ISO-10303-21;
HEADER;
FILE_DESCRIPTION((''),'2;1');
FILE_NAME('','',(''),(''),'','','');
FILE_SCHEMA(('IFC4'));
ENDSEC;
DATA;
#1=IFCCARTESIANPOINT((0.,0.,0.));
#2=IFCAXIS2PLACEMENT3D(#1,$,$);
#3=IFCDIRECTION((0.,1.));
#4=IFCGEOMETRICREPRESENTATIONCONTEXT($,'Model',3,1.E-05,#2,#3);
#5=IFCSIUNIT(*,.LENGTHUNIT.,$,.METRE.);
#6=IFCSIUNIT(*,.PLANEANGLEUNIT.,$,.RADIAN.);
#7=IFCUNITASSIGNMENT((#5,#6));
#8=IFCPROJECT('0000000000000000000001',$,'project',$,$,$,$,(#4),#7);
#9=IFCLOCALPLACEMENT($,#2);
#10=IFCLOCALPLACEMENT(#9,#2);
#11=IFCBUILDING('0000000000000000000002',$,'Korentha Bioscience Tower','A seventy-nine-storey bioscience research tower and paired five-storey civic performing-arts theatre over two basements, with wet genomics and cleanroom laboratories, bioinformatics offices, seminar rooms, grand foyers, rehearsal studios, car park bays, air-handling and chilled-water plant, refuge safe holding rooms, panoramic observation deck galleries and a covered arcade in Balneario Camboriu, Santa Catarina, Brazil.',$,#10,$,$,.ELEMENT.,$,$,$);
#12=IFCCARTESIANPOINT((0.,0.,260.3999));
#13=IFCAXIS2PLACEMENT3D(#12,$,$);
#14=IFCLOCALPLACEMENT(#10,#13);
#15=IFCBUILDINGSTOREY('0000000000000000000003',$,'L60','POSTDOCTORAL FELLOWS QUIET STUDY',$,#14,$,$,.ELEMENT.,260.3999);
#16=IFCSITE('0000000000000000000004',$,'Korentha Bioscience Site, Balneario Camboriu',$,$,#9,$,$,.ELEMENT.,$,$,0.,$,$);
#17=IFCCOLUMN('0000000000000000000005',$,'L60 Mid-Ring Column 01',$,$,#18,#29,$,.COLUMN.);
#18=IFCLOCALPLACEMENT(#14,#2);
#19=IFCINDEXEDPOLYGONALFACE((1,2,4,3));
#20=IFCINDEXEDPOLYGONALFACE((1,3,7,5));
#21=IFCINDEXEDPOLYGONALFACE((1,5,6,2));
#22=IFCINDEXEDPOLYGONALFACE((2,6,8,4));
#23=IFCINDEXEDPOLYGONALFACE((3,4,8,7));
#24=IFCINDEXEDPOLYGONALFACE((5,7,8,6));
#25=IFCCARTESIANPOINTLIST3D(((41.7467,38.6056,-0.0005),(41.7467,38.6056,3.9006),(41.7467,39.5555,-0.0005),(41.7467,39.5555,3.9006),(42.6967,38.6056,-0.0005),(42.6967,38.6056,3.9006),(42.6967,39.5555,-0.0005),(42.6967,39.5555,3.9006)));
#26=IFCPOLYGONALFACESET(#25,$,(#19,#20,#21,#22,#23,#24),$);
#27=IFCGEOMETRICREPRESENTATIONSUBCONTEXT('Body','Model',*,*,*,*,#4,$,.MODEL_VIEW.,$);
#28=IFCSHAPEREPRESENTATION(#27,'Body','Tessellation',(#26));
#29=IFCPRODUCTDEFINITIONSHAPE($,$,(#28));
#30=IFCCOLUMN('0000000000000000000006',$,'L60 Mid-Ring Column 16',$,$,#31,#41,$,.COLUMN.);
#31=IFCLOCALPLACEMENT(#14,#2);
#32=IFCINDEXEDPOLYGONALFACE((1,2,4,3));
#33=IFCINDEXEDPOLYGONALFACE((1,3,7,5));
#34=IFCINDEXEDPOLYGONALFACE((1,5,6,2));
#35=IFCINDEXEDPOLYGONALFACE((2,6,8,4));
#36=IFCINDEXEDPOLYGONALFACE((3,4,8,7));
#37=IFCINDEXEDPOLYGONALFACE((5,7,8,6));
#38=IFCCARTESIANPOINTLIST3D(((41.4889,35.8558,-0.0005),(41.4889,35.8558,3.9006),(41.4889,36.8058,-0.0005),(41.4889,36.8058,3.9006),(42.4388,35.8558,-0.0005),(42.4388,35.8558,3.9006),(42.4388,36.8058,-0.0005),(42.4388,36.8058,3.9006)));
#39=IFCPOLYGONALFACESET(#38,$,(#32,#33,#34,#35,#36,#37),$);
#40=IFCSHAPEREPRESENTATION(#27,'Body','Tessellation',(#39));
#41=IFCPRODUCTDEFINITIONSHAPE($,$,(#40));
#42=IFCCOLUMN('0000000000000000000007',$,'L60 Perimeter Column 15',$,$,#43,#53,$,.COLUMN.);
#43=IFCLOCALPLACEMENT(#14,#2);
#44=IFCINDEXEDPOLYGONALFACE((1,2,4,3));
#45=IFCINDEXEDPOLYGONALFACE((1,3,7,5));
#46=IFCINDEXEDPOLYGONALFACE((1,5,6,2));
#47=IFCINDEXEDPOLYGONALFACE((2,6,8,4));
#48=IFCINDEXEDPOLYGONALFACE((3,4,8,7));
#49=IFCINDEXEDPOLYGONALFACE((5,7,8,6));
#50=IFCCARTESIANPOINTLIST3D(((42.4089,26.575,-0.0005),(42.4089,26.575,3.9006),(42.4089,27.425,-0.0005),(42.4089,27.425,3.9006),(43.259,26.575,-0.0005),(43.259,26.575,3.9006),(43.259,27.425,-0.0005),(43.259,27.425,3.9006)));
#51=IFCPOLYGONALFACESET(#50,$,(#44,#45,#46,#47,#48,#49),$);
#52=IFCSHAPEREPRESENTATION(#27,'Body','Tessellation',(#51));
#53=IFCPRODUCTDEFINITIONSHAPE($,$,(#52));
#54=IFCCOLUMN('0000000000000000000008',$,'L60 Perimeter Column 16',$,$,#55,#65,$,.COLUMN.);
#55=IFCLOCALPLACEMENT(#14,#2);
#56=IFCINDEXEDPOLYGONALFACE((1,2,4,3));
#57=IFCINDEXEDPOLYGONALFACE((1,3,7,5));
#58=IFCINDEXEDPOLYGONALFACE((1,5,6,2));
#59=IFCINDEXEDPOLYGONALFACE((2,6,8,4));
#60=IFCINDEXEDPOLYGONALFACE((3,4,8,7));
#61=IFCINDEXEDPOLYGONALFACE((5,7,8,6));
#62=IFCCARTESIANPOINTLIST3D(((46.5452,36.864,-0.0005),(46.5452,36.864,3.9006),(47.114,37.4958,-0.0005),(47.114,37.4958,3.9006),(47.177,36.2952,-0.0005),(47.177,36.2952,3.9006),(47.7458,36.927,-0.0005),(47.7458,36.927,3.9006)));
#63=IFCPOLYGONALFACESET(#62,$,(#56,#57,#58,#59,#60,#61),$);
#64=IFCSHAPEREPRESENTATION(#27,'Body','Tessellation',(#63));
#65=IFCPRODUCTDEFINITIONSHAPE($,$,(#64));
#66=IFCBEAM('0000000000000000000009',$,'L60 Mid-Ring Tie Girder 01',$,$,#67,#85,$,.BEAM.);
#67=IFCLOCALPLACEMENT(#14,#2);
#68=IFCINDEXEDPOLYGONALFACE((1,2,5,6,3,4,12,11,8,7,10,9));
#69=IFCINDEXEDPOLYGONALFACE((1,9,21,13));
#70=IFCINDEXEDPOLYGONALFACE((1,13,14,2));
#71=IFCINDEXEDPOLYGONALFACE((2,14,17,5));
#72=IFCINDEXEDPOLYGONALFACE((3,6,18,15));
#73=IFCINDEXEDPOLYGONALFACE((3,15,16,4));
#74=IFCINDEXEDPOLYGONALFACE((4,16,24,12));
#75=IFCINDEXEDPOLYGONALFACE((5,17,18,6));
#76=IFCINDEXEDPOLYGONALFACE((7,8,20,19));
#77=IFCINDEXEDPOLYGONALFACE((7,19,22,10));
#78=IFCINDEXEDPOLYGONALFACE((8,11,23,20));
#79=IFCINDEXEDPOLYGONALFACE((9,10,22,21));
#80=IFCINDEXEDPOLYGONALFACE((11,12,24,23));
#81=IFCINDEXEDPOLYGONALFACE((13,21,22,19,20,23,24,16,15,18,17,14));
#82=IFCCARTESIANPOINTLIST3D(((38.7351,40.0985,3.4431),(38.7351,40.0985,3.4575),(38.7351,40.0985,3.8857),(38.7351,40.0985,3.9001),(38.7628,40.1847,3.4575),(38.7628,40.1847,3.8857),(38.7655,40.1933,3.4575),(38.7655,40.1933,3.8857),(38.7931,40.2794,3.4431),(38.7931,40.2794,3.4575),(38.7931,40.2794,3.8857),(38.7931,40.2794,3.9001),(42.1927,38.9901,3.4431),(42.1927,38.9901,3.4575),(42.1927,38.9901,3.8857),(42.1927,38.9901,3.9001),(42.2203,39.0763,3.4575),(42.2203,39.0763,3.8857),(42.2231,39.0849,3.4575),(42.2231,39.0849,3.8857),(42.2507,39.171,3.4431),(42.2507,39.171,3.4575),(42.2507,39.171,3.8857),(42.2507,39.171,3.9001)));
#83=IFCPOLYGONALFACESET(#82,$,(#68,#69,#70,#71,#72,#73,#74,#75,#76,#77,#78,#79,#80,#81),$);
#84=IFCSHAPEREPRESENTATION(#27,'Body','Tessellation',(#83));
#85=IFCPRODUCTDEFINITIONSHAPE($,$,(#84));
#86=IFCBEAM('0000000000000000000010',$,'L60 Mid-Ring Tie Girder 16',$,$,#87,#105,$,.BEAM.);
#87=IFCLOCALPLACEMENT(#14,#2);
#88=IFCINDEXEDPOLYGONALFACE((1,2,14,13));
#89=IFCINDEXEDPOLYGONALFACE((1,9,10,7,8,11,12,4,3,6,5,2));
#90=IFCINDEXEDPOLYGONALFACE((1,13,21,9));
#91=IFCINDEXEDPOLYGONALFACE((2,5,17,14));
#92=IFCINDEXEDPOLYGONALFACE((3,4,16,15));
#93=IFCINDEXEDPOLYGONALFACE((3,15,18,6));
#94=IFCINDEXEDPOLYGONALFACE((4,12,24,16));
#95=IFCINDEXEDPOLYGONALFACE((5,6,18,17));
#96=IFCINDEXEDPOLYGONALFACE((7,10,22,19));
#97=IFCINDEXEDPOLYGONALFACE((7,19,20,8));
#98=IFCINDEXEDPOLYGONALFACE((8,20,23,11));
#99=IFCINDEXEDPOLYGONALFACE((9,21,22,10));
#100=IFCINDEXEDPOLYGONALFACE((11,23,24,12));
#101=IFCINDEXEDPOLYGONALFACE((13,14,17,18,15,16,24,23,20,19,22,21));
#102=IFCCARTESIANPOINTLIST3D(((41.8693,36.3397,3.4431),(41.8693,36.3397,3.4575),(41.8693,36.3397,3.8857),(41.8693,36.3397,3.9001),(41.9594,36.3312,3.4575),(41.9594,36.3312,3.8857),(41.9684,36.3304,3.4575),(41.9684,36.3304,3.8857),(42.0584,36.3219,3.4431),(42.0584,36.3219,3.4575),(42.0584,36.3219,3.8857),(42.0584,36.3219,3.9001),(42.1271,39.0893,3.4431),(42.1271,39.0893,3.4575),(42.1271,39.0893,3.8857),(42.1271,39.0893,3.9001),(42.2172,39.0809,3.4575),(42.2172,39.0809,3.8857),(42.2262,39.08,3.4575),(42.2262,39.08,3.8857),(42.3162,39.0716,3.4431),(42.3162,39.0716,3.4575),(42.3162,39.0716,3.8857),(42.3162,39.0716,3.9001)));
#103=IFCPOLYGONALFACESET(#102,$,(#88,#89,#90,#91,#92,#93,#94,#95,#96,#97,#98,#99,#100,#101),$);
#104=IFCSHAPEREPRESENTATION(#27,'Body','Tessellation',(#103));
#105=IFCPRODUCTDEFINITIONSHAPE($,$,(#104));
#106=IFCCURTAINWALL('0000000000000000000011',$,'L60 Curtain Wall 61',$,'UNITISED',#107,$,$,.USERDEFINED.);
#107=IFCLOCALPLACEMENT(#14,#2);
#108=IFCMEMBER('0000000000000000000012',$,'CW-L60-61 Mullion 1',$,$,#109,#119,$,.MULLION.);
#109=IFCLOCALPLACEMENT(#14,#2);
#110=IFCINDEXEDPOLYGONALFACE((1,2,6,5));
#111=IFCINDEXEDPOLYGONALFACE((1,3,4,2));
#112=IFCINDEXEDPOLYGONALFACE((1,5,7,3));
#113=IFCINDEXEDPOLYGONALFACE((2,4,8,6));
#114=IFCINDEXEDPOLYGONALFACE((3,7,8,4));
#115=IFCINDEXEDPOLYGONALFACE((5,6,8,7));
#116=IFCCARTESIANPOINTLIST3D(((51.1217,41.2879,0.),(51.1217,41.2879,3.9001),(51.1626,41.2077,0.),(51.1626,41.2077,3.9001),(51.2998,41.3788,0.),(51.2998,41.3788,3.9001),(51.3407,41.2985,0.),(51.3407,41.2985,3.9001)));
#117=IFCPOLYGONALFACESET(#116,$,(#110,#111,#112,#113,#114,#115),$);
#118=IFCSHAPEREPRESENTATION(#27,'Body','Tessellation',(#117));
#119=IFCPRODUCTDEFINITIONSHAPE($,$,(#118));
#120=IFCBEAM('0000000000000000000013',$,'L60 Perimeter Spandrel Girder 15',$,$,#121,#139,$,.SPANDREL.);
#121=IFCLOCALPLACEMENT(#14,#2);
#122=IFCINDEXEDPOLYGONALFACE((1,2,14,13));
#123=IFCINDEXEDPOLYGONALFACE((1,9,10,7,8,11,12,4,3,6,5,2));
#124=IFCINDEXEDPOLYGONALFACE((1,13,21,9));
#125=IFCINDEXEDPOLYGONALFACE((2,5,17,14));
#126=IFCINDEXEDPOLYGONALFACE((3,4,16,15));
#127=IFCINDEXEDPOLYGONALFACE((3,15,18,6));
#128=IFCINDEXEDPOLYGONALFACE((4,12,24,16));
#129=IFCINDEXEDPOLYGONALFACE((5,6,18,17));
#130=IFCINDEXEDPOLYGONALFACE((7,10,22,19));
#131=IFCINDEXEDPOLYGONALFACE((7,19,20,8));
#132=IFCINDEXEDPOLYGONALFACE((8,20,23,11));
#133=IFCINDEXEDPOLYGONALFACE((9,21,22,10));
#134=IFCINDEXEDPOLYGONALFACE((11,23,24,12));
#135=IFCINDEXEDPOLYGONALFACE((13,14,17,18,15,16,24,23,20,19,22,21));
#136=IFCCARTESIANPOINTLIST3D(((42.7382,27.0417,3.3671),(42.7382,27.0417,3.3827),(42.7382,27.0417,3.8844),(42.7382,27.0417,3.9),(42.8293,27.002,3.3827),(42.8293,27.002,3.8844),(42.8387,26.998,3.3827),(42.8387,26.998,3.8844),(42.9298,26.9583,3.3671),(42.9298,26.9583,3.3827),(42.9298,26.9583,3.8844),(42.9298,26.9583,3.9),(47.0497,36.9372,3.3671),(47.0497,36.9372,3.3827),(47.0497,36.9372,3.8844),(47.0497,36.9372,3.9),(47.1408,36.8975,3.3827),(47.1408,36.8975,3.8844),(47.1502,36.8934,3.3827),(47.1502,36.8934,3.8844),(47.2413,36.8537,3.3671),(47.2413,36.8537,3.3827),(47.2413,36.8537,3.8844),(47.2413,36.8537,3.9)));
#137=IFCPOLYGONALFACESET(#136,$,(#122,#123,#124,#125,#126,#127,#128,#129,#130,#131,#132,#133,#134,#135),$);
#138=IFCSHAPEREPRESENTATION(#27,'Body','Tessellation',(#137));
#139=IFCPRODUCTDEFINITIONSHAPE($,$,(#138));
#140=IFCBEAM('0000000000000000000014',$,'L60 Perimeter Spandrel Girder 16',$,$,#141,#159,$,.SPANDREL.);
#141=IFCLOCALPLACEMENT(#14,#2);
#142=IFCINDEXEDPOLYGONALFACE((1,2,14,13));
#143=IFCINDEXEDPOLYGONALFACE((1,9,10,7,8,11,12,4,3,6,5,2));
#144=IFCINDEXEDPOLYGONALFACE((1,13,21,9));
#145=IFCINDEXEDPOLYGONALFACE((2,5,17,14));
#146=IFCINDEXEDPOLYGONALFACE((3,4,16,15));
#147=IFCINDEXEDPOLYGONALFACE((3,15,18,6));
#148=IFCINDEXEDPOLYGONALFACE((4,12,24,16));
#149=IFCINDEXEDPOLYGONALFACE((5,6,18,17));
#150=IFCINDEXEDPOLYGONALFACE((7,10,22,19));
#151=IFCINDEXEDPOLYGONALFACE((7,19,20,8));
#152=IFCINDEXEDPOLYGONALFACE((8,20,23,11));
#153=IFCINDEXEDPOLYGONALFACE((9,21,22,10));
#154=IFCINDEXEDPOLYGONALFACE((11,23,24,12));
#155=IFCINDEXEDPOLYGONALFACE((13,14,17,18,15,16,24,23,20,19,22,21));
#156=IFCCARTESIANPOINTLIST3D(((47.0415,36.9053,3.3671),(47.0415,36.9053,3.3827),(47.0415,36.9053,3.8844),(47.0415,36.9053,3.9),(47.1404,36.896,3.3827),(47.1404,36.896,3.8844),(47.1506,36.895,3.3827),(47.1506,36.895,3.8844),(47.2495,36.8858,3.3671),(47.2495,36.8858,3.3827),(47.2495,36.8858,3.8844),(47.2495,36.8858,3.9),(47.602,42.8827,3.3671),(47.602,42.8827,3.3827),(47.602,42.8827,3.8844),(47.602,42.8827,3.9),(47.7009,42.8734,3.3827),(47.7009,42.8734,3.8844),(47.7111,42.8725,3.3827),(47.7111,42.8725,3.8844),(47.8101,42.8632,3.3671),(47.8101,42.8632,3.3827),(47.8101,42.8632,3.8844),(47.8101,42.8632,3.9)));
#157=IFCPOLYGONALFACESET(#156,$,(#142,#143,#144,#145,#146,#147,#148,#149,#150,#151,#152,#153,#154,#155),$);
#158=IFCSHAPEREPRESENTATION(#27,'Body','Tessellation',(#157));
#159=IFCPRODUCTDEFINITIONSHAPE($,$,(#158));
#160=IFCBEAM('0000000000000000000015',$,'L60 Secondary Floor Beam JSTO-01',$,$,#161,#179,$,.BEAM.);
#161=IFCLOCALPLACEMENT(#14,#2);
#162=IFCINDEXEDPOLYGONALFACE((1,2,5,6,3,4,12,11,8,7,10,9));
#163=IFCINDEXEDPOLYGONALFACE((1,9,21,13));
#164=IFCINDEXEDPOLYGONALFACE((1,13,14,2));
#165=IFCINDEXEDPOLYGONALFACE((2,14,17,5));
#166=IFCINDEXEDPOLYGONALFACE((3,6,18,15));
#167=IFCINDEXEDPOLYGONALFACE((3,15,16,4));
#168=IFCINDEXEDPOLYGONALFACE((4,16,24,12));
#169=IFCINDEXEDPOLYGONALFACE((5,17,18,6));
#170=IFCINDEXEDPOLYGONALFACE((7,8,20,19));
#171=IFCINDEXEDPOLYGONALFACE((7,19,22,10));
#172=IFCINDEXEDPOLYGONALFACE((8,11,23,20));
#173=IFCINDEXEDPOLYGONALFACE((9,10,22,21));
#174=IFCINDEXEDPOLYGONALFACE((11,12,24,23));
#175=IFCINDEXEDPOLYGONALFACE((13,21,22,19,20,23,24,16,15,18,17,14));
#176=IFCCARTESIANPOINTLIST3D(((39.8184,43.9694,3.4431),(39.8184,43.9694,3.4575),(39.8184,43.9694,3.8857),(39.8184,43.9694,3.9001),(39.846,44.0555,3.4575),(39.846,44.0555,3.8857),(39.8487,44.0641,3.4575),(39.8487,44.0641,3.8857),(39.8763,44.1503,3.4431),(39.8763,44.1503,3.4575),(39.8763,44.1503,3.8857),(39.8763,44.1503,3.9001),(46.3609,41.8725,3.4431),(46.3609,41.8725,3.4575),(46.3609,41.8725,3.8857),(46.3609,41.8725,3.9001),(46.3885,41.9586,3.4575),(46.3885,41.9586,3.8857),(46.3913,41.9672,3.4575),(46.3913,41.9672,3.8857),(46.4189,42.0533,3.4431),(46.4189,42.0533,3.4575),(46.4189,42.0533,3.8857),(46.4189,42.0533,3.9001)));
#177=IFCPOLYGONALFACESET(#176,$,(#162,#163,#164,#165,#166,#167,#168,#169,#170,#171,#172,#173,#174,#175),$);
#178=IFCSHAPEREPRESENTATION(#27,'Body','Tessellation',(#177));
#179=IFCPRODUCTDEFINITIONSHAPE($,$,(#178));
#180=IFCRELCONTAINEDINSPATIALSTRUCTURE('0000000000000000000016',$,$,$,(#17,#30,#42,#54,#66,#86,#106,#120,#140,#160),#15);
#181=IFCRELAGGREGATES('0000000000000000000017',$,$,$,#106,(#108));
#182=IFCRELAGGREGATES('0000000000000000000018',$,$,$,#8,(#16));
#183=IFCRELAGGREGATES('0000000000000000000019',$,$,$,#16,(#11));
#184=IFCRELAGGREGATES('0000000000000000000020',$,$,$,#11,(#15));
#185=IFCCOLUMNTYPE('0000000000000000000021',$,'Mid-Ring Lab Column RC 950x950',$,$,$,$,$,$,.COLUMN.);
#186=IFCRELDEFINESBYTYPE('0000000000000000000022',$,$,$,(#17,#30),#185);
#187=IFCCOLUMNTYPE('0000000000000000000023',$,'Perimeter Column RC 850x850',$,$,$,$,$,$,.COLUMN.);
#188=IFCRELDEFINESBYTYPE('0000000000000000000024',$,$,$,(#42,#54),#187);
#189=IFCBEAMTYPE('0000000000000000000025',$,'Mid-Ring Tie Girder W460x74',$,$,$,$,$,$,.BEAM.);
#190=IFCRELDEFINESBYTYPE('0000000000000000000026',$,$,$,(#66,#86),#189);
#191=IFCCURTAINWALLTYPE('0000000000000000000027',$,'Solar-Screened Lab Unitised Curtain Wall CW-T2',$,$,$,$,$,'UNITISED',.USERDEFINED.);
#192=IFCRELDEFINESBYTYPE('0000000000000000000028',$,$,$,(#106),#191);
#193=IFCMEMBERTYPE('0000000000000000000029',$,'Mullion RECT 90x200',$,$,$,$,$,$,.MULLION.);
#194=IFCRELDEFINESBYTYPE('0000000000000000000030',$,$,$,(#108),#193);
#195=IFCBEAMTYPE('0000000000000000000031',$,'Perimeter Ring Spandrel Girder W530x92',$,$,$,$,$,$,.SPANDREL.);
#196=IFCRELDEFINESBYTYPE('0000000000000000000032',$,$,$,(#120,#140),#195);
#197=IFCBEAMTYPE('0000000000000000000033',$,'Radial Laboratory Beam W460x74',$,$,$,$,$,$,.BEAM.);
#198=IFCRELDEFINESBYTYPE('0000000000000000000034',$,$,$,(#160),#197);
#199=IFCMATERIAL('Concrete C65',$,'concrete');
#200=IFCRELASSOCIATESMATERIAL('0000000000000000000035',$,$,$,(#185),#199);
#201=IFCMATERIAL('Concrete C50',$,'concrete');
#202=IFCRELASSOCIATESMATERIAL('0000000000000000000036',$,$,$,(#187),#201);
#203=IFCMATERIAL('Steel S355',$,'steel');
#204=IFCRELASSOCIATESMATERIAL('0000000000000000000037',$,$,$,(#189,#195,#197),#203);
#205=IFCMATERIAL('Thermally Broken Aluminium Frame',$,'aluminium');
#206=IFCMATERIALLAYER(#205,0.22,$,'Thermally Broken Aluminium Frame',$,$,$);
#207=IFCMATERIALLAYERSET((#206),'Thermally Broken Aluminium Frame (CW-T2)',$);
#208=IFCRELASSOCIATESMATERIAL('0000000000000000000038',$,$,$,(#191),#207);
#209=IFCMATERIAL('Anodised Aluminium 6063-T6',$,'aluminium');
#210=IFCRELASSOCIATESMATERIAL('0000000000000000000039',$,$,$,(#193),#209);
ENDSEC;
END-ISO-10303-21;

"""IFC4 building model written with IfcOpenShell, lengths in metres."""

from ifc_helpers import new_model, si_unit, direction, frame, origin, origin_2d, place, context, subcontext, project, spatial, rectangle, i_section, extrude, material, layer, layer_set, material_profile, profile_set, type_object, element, aggregate, save


model = new_model("IFC4")

# Units and contexts
model_context = context("Model", 3, precision=1e-05, world=origin(), true_north=direction((0.0, 1.0)))
body_context = subcontext(model_context, "Body", "Model", "MODEL_VIEW")
ifc_project = project(units=[si_unit("LENGTHUNIT", "METRE"), si_unit("PLANEANGLEUNIT", "RADIAN")], contexts=[model_context])

# Site, building, storey
site_placement = place(None, origin())
site = spatial("IfcSite", under=ifc_project, at=site_placement, Name="Korentha Bioscience Site, Balneario Camboriu", CompositionType="ELEMENT", RefElevation=0.0)
building_placement = place(site_placement, origin())
building = spatial("IfcBuilding", under=site, at=building_placement, Name="Korentha Bioscience Tower", Description="A seventy-nine-storey bioscience research tower and paired five-storey civic performing-arts theatre over two basements, with wet genomics and cleanroom laboratories, bioinformatics offices, seminar rooms, grand foyers, rehearsal studios, car park bays, air-handling and chilled-water plant, refuge safe holding rooms, panoramic observation deck galleries and a covered arcade in Balneario Camboriu, Santa Catarina, Brazil.", CompositionType="ELEMENT")
storey_placement = place(building_placement, frame((0.0, 0.0, 260.3999)))
storey = spatial("IfcBuildingStorey", under=building, at=storey_placement, Name="L60", Description="POSTDOCTORAL FELLOWS QUIET STUDY", CompositionType="ELEMENT", Elevation=260.3999)

# Columns
ifc_material_1 = material(Name="Concrete C65", Category="concrete")
ifc_material_profile_1 = material_profile(ifc_material_1, rectangle(XDim=0.95, YDim=0.95, at=origin_2d()), Name="Concrete C65")
ifc_profile_set_1 = profile_set([ifc_material_profile_1], Name="Concrete C65 (COL-MR09)")
column_type_1 = type_object("IfcColumnType", Name="Mid-Ring Lab Column RC 950x950", PredefinedType="COLUMN", material=ifc_profile_set_1)
for number, where, z_axis, x_axis, name in (
    (1, (42.2217, 39.0806, -0.0005), (0.0, 0.0, 1.0), (1.0, 0.0, 0.0), "L60 Mid-Ring Column 01"),
    (2, (41.9639, 36.3308, -0.0005), (0.0, 0.0, 1.0), (1.0, 0.0, 0.0), "L60 Mid-Ring Column 16"),
):
    element("IfcColumn", number, at=place(storey_placement, frame(where, z_axis=z_axis, x_axis=x_axis)), inside=storey, type_object=column_type_1, Name=name, PredefinedType="COLUMN", context=body_context, shape_type="SweptSolid", body=[
        extrude(rectangle(XDim=0.95, YDim=0.95, at=origin_2d()), origin(), (0.0, 0.0, 1.0), 3.9011),
    ])
ifc_material_2 = material(Name="Concrete C50", Category="concrete")
ifc_material_profile_2 = material_profile(ifc_material_2, rectangle(XDim=0.8501, YDim=0.8501, at=origin_2d()), Name="Concrete C50")
ifc_profile_set_2 = profile_set([ifc_material_profile_2], Name="Concrete C50 (COL-P08)")
column_type_2 = type_object("IfcColumnType", Name="Perimeter Column RC 850x850", PredefinedType="COLUMN", material=ifc_profile_set_2)
for number, where, z_axis, x_axis, name in (
    (3, (42.834, 27.0, -0.0005), (0.0, 0.0, 1.0), (0.0, 1.0, 0.0), "L60 Perimeter Column 15"),
    (4, (47.1455, 36.8955, -0.0005), (0.0, 0.0, 1.0), (0.669131, 0.743145, 0.0), "L60 Perimeter Column 16"),
):
    element("IfcColumn", number, at=place(storey_placement, frame(where, z_axis=z_axis, x_axis=x_axis)), inside=storey, type_object=column_type_2, Name=name, PredefinedType="COLUMN", context=body_context, shape_type="SweptSolid", body=[
        extrude(rectangle(XDim=0.8501, YDim=0.8501, at=origin_2d()), origin(), (0.0, 0.0, 1.0), 3.9011),
    ])

# Beams
ifc_material_3 = material(Name="Steel S355", Category="steel")
ifc_material_profile_3 = material_profile(ifc_material_3, i_section(OverallWidth=0.1899, OverallDepth=0.457, WebThickness=0.009, FlangeThickness=0.0144, at=origin_2d()), Name="Steel S355")
ifc_profile_set_3 = profile_set([ifc_material_profile_3], Name="Steel S355 (MB-460)")
beam_type_1 = type_object("IfcBeamType", Name="Mid-Ring Tie Girder W460x74", PredefinedType="BEAM", material=ifc_profile_set_3)
beam_1_placement = place(storey_placement, frame((42.2217, 39.0806, 3.6716), z_axis=(-0.952265, 0.305273, 0.0), x_axis=(-0.305273, -0.952265, 0.0)))
element("IfcBeam", 5, at=beam_1_placement, inside=storey, type_object=beam_type_1, Name="L60 Mid-Ring Tie Girder 01", PredefinedType="BEAM", context=body_context, shape_type="SweptSolid", body=[
    extrude(i_section(OverallWidth=0.1899, OverallDepth=0.457, WebThickness=0.009, FlangeThickness=0.0144, at=origin_2d()), origin(), (0.0, 0.0, 1.0), 3.6309),
])
beam_2_placement = place(storey_placement, frame((41.9639, 36.3308, 3.6716), z_axis=(0.093349, 0.995633, 0.0), x_axis=(-0.995633, 0.093349, 0.0)))
element("IfcBeam", 6, at=beam_2_placement, inside=storey, type_object=beam_type_1, Name="L60 Mid-Ring Tie Girder 16", PredefinedType="BEAM", context=body_context, shape_type="SweptSolid", body=[
    extrude(i_section(OverallWidth=0.1899, OverallDepth=0.457, WebThickness=0.009, FlangeThickness=0.0144, at=origin_2d()), origin(), (0.0, 0.0, 1.0), 2.7617),
])

# Curtain wall, member
ifc_material_4 = material(Name="Thermally Broken Aluminium Frame", Category="aluminium")
ifc_layer_1 = layer(ifc_material_4, 0.22, Name="Thermally Broken Aluminium Frame")
ifc_layer_set_1 = layer_set([ifc_layer_1], Name="Thermally Broken Aluminium Frame (CW-T2)")
curtain_wall_type = type_object("IfcCurtainWallType", Name="Solar-Screened Lab Unitised Curtain Wall CW-T2", ElementType="UNITISED", PredefinedType="USERDEFINED", material=ifc_layer_set_1)
curtain_wall_placement = place(storey_placement, origin())
curtain_wall = element("IfcCurtainWall", 7, at=curtain_wall_placement, inside=storey, type_object=curtain_wall_type, Name="L60 Curtain Wall 61", ObjectType="UNITISED", PredefinedType="USERDEFINED")
ifc_material_5 = material(Name="Anodised Aluminium 6063-T6", Category="aluminium")
ifc_material_profile_4 = material_profile(ifc_material_5, rectangle(XDim=0.0901, YDim=0.2, at=origin_2d()), Name="Anodised Aluminium 6063-T6")
ifc_profile_set_4 = profile_set([ifc_material_profile_4], Name="Anodised Aluminium 6063-T6 (CW-MUL)")
member_type_1 = type_object("IfcMemberType", Name="Mullion RECT 90x200", PredefinedType="MULLION", material=ifc_profile_set_4)
member_1_placement = place(storey_placement, frame((51.2312, 41.2932, 0.0), z_axis=(0.0, 0.0, 1.0), x_axis=(-0.454239, 0.89088, 0.0)))
member_1 = element("IfcMember", 8, at=member_1_placement, type_object=member_type_1, Name="CW-L60-61 Mullion 1", PredefinedType="MULLION", context=body_context, shape_type="SweptSolid", body=[
    extrude(rectangle(XDim=0.0901, YDim=0.2, at=origin_2d()), origin(), (0.0, 0.0, 1.0), 3.9001),
])

# Beams
ifc_material_profile_5 = material_profile(ifc_material_3, i_section(OverallWidth=0.209, OverallDepth=0.533, WebThickness=0.0103, FlangeThickness=0.0156, at=origin_2d()), Name="Steel S355")
ifc_profile_set_5 = profile_set([ifc_material_profile_5], Name="Steel S355 (SB-530)")
beam_type_2 = type_object("IfcBeamType", Name="Perimeter Ring Spandrel Girder W530x92", PredefinedType="SPANDREL", material=ifc_profile_set_5)
beam_3_placement = place(storey_placement, frame((42.834, 27.0, 3.6335), z_axis=(0.399437, 0.916761, 0.0), x_axis=(-0.916761, 0.399437, 0.0)))
element("IfcBeam", 9, at=beam_3_placement, inside=storey, type_object=beam_type_2, Name="L60 Perimeter Spandrel Girder 15", PredefinedType="SPANDREL", context=body_context, shape_type="SweptSolid", body=[
    extrude(i_section(OverallWidth=0.209, OverallDepth=0.533, WebThickness=0.0103, FlangeThickness=0.0156, at=origin_2d()), origin(), (0.0, 0.0, 1.0), 10.7939),
])
beam_4_placement = place(storey_placement, frame((47.1455, 36.8955, 3.6335), z_axis=(0.093366, 0.995632, 0.0), x_axis=(-0.995632, 0.093366, 0.0)))
element("IfcBeam", 10, at=beam_4_placement, inside=storey, type_object=beam_type_2, Name="L60 Perimeter Spandrel Girder 16", PredefinedType="SPANDREL", context=body_context, shape_type="SweptSolid", body=[
    extrude(i_section(OverallWidth=0.209, OverallDepth=0.533, WebThickness=0.0103, FlangeThickness=0.0156, at=origin_2d()), origin(), (0.0, 0.0, 1.0), 6.0037),
])
ifc_material_profile_6 = material_profile(ifc_material_3, i_section(OverallWidth=0.1899, OverallDepth=0.457, WebThickness=0.009, FlangeThickness=0.0144, at=origin_2d()), Name="Steel S355")
ifc_profile_set_6 = profile_set([ifc_material_profile_6], Name="Steel S355 (RB-460)")
beam_type_3 = type_object("IfcBeamType", Name="Radial Laboratory Beam W460x74", PredefinedType="BEAM", material=ifc_profile_set_6)
beam_5_placement = place(storey_placement, frame((46.3899, 41.9629, 3.6716), z_axis=(-0.952283, 0.305215, 0.0), x_axis=(-0.305215, -0.952283, 0.0)))
element("IfcBeam", 11, at=beam_5_placement, inside=storey, type_object=beam_type_3, Name="L60 Secondary Floor Beam JSTO-01", PredefinedType="BEAM", context=body_context, shape_type="SweptSolid", body=[
    extrude(i_section(OverallWidth=0.1899, OverallDepth=0.457, WebThickness=0.009, FlangeThickness=0.0144, at=origin_2d()), origin(), (0.0, 0.0, 1.0), 6.8704),
])

aggregate(curtain_wall, [member_1])

save(model, "model.ifc")
